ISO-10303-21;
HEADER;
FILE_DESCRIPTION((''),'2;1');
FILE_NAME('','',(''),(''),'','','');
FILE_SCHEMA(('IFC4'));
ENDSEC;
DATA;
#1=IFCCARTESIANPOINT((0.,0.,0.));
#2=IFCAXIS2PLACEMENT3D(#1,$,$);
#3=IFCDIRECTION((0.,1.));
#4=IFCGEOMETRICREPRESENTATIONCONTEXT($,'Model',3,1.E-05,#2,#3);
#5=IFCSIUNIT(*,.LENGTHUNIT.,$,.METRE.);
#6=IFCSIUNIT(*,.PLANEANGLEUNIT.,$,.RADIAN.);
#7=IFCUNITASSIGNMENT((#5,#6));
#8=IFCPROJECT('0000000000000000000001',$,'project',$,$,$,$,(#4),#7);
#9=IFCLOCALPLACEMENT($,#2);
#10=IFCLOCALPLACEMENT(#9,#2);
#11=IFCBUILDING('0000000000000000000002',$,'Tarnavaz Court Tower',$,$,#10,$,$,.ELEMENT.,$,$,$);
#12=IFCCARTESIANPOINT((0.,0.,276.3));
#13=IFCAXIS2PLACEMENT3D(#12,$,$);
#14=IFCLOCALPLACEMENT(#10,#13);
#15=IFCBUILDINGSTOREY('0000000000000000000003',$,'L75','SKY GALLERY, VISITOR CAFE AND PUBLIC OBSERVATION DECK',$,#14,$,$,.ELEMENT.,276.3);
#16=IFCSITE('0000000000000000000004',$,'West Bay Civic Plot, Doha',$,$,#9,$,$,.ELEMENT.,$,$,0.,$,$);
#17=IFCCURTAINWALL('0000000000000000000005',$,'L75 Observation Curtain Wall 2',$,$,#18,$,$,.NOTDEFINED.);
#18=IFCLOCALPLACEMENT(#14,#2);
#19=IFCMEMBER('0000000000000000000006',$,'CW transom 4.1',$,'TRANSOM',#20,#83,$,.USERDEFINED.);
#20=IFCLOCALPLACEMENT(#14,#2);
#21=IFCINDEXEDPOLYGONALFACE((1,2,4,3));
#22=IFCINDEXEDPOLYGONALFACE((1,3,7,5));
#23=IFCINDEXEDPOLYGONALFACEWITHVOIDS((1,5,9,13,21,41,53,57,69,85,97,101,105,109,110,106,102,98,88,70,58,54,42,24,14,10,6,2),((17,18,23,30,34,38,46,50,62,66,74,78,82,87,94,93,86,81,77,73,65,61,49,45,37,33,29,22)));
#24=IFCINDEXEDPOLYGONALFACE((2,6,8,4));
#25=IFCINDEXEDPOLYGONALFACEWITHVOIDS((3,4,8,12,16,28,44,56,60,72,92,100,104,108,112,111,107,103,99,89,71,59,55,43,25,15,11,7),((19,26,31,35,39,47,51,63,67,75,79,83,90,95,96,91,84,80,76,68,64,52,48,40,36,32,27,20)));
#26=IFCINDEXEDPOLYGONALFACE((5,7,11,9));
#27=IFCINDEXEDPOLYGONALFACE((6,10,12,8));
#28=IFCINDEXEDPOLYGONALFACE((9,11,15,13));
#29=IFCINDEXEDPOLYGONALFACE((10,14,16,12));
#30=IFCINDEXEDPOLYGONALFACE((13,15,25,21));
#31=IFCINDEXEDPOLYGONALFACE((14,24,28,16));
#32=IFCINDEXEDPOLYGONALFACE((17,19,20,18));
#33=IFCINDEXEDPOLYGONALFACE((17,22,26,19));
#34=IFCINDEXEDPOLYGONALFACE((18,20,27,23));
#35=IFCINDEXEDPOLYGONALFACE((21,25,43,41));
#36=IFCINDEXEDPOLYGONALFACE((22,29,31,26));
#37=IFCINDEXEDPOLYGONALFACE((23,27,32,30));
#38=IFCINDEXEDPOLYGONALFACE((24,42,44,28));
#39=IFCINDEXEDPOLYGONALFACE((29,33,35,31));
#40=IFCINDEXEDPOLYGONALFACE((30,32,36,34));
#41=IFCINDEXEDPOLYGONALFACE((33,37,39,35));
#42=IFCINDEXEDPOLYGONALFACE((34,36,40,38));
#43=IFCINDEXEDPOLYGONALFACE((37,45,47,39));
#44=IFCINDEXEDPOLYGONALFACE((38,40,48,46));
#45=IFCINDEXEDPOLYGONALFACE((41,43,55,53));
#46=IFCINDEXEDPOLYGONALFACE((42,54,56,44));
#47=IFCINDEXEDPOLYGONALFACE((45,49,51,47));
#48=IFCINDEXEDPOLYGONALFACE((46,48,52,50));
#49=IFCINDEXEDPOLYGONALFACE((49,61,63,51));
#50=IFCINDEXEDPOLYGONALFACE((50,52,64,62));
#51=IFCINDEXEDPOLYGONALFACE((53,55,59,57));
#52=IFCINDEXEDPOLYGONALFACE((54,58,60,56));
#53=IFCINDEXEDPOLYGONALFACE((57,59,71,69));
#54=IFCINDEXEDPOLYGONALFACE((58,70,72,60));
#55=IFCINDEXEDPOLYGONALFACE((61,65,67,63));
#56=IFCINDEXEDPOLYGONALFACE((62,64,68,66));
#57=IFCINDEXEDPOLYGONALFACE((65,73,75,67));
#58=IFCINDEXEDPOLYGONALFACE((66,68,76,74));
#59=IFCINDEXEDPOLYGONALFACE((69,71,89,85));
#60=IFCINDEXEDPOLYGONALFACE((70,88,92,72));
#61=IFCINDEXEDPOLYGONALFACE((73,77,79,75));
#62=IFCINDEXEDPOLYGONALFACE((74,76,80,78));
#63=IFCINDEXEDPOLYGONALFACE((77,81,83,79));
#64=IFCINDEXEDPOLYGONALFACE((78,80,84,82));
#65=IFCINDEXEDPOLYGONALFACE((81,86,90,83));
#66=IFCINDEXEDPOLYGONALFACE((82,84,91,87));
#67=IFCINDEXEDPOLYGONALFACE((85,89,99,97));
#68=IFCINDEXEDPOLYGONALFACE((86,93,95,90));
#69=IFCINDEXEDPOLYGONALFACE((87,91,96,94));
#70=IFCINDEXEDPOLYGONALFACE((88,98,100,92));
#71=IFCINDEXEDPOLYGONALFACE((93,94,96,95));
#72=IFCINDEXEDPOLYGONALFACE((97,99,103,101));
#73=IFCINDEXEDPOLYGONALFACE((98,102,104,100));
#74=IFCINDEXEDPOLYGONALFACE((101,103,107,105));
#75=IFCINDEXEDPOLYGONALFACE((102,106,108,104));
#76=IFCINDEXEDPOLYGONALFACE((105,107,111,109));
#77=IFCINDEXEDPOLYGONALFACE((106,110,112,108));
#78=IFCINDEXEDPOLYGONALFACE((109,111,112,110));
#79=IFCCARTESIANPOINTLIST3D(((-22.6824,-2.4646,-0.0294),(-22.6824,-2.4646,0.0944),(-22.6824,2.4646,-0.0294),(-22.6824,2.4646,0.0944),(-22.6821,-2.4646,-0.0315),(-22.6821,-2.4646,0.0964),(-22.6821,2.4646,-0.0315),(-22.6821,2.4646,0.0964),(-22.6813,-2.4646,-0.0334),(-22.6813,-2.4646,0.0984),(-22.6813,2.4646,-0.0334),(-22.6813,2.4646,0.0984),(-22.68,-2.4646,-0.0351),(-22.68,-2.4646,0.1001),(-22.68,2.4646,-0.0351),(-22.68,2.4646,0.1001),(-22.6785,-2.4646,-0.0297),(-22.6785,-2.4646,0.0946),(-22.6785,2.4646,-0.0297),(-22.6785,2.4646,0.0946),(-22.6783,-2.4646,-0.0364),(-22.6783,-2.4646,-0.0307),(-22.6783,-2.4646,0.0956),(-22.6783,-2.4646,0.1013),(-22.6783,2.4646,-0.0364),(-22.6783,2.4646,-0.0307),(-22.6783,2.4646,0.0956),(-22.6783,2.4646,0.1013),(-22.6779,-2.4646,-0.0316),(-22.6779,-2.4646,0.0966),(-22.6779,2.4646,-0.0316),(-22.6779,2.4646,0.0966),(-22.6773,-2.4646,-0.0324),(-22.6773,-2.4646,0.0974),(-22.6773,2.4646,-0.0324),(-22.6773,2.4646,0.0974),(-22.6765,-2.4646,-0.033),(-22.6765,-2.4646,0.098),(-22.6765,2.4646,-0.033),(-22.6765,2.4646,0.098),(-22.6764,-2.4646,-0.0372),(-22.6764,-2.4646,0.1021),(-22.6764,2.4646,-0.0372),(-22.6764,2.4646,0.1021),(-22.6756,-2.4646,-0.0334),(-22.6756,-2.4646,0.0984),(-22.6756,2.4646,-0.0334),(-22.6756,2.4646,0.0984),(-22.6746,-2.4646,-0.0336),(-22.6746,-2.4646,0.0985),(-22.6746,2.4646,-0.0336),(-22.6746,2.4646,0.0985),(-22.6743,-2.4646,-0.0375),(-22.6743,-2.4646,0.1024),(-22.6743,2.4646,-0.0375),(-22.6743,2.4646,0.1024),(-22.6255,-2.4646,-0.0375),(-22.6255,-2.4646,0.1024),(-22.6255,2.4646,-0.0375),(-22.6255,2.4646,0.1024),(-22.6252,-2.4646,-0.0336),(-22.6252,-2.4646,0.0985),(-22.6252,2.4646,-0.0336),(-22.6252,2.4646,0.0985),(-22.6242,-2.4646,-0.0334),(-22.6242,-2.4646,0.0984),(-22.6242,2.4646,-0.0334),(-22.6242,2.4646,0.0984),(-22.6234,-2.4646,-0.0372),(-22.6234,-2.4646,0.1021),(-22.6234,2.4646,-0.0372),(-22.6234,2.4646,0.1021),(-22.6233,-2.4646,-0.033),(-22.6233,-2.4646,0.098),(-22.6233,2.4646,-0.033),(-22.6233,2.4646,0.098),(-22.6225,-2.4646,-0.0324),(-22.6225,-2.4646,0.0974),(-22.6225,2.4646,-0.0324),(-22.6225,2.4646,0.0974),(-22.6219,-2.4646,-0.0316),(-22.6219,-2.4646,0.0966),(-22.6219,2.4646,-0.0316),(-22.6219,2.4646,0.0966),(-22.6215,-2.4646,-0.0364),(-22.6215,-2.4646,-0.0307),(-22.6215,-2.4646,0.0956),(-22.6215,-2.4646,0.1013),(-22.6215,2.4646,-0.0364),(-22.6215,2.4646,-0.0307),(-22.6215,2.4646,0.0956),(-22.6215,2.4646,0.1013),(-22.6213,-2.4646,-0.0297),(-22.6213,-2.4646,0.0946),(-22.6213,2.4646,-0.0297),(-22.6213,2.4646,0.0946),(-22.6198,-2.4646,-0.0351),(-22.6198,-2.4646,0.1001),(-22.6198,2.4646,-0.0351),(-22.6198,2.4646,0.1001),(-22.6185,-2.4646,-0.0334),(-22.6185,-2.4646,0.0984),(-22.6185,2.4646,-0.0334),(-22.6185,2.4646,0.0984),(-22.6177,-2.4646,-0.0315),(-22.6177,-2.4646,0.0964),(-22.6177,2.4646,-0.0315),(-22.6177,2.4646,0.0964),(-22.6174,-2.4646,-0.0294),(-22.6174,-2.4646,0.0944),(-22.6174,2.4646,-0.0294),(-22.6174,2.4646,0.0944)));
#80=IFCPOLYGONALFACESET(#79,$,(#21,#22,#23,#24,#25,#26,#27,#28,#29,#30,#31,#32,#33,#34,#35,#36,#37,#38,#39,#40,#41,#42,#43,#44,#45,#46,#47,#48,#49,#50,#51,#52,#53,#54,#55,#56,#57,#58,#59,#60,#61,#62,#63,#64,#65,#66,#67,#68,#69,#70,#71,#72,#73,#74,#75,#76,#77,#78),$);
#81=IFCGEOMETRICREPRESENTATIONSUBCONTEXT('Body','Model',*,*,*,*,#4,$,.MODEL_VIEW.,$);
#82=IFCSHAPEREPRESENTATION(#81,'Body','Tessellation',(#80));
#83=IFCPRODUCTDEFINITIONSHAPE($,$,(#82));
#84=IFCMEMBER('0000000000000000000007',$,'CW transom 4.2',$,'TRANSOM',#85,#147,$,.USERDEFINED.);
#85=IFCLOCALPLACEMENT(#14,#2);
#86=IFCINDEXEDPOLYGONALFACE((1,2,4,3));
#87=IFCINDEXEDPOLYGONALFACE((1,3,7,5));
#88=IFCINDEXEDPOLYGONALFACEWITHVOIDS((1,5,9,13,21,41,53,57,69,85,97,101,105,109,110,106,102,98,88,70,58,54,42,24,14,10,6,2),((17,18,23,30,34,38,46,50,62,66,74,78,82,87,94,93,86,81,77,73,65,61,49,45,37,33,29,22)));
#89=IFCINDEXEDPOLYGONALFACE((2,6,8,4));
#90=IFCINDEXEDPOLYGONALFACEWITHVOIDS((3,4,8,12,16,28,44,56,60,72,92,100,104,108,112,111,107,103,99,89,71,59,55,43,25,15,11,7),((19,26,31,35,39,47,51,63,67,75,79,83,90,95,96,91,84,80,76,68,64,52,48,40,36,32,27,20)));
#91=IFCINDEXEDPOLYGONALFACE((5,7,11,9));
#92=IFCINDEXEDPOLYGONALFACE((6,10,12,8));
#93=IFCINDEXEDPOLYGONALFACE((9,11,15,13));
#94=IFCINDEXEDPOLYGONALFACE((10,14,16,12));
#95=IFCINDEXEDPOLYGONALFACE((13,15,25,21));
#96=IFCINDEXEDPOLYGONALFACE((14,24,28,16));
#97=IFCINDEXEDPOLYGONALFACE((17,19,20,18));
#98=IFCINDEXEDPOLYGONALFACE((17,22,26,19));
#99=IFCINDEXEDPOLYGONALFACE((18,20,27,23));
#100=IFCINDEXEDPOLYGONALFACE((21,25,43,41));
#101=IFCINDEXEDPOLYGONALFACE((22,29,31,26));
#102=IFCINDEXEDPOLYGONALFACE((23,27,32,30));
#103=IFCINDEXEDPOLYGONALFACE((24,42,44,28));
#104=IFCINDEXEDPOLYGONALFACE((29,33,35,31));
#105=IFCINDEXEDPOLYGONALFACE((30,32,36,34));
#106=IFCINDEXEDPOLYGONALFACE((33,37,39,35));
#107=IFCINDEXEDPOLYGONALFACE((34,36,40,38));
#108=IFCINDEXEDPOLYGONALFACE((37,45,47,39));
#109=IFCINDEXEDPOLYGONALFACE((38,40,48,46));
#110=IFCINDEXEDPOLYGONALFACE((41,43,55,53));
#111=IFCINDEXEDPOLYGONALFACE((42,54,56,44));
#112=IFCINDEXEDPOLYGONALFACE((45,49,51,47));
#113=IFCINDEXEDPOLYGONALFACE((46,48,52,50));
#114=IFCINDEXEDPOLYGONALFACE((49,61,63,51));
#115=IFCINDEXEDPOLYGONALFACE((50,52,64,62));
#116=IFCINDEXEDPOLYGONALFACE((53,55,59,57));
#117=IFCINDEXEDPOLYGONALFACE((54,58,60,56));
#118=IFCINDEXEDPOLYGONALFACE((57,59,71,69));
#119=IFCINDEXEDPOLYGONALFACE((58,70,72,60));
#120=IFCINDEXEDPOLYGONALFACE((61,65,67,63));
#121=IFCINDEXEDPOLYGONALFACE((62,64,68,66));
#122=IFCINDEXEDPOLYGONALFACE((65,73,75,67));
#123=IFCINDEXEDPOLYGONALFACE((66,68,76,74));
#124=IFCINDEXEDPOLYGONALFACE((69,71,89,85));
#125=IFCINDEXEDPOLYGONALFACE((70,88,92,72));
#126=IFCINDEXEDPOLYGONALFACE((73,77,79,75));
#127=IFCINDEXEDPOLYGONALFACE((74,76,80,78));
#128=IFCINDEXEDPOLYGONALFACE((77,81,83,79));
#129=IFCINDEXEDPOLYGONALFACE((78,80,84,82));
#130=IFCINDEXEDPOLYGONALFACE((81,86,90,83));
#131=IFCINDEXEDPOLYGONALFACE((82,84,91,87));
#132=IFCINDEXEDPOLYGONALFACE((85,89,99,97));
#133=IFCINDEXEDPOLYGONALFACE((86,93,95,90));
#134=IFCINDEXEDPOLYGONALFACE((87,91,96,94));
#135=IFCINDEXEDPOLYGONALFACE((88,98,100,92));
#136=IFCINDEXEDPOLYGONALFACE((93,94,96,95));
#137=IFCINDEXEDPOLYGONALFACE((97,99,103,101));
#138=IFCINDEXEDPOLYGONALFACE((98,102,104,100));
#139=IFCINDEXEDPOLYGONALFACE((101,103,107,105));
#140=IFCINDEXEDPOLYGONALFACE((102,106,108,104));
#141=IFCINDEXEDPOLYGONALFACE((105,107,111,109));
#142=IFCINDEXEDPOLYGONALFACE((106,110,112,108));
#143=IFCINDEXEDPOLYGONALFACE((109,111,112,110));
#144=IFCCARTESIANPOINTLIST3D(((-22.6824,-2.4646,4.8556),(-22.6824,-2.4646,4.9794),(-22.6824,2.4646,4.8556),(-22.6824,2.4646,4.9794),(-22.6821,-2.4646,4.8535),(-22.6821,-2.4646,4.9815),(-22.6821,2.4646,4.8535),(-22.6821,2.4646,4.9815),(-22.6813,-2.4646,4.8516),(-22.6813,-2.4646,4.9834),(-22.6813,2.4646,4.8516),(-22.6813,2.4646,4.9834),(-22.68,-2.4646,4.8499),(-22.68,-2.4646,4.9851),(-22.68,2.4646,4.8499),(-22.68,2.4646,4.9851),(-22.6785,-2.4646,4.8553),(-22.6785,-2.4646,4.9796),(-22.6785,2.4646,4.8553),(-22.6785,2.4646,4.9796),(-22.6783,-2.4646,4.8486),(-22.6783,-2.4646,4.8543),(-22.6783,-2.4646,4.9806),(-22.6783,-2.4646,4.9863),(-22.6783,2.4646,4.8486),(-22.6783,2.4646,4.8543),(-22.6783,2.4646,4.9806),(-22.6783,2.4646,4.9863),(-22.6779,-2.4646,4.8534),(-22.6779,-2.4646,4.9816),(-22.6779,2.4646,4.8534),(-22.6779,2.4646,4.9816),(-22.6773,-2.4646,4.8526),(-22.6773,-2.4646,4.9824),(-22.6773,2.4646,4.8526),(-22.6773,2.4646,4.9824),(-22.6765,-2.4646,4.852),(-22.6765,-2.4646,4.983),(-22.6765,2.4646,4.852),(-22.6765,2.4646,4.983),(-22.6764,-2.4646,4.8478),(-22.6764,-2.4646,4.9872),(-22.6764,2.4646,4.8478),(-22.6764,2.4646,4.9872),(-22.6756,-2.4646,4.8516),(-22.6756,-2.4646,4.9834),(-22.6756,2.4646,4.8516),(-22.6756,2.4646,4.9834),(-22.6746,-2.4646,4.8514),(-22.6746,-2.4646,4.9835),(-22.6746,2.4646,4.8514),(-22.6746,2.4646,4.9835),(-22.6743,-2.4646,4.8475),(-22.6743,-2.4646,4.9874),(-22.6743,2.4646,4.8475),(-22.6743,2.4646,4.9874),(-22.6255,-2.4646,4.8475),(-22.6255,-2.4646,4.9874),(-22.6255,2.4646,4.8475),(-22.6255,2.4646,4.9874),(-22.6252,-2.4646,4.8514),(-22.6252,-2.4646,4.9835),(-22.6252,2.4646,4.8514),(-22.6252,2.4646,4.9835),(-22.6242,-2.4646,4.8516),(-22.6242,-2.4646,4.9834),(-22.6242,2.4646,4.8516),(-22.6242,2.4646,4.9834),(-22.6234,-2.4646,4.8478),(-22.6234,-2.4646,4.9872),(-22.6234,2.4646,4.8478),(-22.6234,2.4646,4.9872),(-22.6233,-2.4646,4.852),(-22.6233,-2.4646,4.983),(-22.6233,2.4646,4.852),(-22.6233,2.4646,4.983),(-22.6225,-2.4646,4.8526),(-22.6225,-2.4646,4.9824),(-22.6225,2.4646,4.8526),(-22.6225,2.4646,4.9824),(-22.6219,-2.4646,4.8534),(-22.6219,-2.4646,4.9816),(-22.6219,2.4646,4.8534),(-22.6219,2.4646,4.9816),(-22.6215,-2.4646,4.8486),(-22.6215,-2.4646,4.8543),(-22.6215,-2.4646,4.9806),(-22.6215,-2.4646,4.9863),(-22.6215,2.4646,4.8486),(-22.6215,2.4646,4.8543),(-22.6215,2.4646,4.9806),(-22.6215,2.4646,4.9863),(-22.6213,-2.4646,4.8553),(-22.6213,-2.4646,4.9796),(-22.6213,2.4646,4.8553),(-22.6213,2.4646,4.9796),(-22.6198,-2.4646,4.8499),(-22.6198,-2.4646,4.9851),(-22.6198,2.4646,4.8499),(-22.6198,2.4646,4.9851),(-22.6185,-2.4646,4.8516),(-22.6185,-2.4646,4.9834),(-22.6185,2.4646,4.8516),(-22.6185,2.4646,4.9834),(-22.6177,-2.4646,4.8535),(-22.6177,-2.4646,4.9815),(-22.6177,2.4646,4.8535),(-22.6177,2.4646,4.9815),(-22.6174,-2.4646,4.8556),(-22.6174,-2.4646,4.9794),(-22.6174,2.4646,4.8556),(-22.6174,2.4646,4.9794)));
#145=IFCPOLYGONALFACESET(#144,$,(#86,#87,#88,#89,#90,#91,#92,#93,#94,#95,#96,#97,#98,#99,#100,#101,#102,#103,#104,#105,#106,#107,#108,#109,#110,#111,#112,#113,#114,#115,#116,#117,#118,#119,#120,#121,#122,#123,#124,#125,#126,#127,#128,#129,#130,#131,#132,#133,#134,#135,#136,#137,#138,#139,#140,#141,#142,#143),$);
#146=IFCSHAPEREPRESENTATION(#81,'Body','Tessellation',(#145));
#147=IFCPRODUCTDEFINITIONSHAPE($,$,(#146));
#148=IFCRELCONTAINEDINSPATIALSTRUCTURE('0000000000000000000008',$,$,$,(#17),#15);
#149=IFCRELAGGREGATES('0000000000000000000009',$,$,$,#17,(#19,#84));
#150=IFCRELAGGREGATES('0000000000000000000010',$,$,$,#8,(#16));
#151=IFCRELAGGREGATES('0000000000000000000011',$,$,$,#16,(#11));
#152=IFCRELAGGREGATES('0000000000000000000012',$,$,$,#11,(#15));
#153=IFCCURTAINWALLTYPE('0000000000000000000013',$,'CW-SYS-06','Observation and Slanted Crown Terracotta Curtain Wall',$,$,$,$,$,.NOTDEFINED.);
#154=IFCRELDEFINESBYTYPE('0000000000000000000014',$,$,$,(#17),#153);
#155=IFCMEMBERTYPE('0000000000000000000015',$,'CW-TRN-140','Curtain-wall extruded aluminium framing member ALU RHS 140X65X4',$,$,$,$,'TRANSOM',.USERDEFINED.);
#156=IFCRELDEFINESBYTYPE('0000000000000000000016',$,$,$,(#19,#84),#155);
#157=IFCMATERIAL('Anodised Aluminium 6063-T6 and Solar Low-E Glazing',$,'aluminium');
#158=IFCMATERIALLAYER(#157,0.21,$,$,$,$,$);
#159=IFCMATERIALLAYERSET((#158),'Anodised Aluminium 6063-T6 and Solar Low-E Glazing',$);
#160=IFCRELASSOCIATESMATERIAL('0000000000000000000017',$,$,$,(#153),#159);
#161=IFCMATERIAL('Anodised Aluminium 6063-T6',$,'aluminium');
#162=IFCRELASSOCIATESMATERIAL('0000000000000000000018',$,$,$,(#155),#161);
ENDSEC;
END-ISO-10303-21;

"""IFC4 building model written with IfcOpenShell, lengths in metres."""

from ifc_helpers import new_model, si_unit, direction, frame, origin, origin_2d, place, context, subcontext, project, spatial, hollow_rectangle, extrude, material, layer, layer_set, material_profile, profile_set, type_object, element, aggregate, save


model = new_model("IFC4")

# Units and contexts
model_context = context("Model", 3, precision=1e-05, world=origin(), true_north=direction((0.0, 1.0)))
body_context = subcontext(model_context, "Body", "Model", "MODEL_VIEW")
ifc_project = project(units=[si_unit("LENGTHUNIT", "METRE"), si_unit("PLANEANGLEUNIT", "RADIAN")], contexts=[model_context])

# Site, building, storey
site_placement = place(None, origin())
site = spatial("IfcSite", under=ifc_project, at=site_placement, Name="West Bay Civic Plot, Doha", CompositionType="ELEMENT", RefElevation=0.0)
building_placement = place(site_placement, origin())
building = spatial("IfcBuilding", under=site, at=building_placement, Name="Tarnavaz Court Tower", CompositionType="ELEMENT")
storey_placement = place(building_placement, frame((0.0, 0.0, 276.3)))
storey = spatial("IfcBuildingStorey", under=building, at=storey_placement, Name="L75", Description="SKY GALLERY, VISITOR CAFE AND PUBLIC OBSERVATION DECK", CompositionType="ELEMENT", Elevation=276.3)

# Curtain wall, members
ifc_material_1 = material(Name="Anodised Aluminium 6063-T6 and Solar Low-E Glazing", Category="aluminium")
ifc_layer_1 = layer(ifc_material_1, 0.21)
ifc_layer_set_1 = layer_set([ifc_layer_1], Name="Anodised Aluminium 6063-T6 and Solar Low-E Glazing")
curtain_wall_type = type_object("IfcCurtainWallType", Name="CW-SYS-06", Description="Observation and Slanted Crown Terracotta Curtain Wall", PredefinedType="NOTDEFINED", material=ifc_layer_set_1)
curtain_wall_placement = place(storey_placement, origin())
curtain_wall = element("IfcCurtainWall", 1, at=curtain_wall_placement, inside=storey, type_object=curtain_wall_type, Name="L75 Observation Curtain Wall 2", PredefinedType="NOTDEFINED")
ifc_material_2 = material(Name="Anodised Aluminium 6063-T6", Category="aluminium")
ifc_material_profile_1 = material_profile(ifc_material_2, hollow_rectangle(XDim=0.0649, YDim=0.1399, WallThickness=0.0039, InnerFilletRadius=0.0039, OuterFilletRadius=0.0081, at=origin_2d()), Name="ALU RHS 140X65X4")
ifc_profile_set_1 = profile_set([ifc_material_profile_1], Name="Anodised Aluminium 6063-T6")
member_type_1 = type_object("IfcMemberType", Name="CW-TRN-140", Description="Curtain-wall extruded aluminium framing member ALU RHS 140X65X4", ElementType="TRANSOM", PredefinedType="USERDEFINED", material=ifc_profile_set_1)
member_1_placement = place(storey_placement, frame((-22.6499, -2.4646, 0.0325), z_axis=(0.0, 1.0, 0.0), x_axis=(-1.0, 0.0, 0.0)))
member_1 = element("IfcMember", 2, at=member_1_placement, type_object=member_type_1, Name="CW transom 4.1", ObjectType="TRANSOM", PredefinedType="USERDEFINED", context=body_context, shape_type="SweptSolid", body=[
    extrude(hollow_rectangle(XDim=0.0649, YDim=0.1399, WallThickness=0.0039, InnerFilletRadius=0.0039, OuterFilletRadius=0.0081, at=origin_2d()), origin(), (0.0, 0.0, 1.0), 4.9292),
])
member_2_placement = place(storey_placement, frame((-22.6499, -2.4646, 4.9175), z_axis=(0.0, 1.0, 0.0), x_axis=(-1.0, 0.0, 0.0)))
member_2 = element("IfcMember", 3, at=member_2_placement, type_object=member_type_1, Name="CW transom 4.2", ObjectType="TRANSOM", PredefinedType="USERDEFINED", context=body_context, shape_type="SweptSolid", body=[
    extrude(hollow_rectangle(XDim=0.0649, YDim=0.1399, WallThickness=0.0039, InnerFilletRadius=0.0039, OuterFilletRadius=0.0081, at=origin_2d()), origin(), (0.0, 0.0, 1.0), 4.9292),
])
aggregate(curtain_wall, [member_1, member_2])

save(model, "model.ifc")
